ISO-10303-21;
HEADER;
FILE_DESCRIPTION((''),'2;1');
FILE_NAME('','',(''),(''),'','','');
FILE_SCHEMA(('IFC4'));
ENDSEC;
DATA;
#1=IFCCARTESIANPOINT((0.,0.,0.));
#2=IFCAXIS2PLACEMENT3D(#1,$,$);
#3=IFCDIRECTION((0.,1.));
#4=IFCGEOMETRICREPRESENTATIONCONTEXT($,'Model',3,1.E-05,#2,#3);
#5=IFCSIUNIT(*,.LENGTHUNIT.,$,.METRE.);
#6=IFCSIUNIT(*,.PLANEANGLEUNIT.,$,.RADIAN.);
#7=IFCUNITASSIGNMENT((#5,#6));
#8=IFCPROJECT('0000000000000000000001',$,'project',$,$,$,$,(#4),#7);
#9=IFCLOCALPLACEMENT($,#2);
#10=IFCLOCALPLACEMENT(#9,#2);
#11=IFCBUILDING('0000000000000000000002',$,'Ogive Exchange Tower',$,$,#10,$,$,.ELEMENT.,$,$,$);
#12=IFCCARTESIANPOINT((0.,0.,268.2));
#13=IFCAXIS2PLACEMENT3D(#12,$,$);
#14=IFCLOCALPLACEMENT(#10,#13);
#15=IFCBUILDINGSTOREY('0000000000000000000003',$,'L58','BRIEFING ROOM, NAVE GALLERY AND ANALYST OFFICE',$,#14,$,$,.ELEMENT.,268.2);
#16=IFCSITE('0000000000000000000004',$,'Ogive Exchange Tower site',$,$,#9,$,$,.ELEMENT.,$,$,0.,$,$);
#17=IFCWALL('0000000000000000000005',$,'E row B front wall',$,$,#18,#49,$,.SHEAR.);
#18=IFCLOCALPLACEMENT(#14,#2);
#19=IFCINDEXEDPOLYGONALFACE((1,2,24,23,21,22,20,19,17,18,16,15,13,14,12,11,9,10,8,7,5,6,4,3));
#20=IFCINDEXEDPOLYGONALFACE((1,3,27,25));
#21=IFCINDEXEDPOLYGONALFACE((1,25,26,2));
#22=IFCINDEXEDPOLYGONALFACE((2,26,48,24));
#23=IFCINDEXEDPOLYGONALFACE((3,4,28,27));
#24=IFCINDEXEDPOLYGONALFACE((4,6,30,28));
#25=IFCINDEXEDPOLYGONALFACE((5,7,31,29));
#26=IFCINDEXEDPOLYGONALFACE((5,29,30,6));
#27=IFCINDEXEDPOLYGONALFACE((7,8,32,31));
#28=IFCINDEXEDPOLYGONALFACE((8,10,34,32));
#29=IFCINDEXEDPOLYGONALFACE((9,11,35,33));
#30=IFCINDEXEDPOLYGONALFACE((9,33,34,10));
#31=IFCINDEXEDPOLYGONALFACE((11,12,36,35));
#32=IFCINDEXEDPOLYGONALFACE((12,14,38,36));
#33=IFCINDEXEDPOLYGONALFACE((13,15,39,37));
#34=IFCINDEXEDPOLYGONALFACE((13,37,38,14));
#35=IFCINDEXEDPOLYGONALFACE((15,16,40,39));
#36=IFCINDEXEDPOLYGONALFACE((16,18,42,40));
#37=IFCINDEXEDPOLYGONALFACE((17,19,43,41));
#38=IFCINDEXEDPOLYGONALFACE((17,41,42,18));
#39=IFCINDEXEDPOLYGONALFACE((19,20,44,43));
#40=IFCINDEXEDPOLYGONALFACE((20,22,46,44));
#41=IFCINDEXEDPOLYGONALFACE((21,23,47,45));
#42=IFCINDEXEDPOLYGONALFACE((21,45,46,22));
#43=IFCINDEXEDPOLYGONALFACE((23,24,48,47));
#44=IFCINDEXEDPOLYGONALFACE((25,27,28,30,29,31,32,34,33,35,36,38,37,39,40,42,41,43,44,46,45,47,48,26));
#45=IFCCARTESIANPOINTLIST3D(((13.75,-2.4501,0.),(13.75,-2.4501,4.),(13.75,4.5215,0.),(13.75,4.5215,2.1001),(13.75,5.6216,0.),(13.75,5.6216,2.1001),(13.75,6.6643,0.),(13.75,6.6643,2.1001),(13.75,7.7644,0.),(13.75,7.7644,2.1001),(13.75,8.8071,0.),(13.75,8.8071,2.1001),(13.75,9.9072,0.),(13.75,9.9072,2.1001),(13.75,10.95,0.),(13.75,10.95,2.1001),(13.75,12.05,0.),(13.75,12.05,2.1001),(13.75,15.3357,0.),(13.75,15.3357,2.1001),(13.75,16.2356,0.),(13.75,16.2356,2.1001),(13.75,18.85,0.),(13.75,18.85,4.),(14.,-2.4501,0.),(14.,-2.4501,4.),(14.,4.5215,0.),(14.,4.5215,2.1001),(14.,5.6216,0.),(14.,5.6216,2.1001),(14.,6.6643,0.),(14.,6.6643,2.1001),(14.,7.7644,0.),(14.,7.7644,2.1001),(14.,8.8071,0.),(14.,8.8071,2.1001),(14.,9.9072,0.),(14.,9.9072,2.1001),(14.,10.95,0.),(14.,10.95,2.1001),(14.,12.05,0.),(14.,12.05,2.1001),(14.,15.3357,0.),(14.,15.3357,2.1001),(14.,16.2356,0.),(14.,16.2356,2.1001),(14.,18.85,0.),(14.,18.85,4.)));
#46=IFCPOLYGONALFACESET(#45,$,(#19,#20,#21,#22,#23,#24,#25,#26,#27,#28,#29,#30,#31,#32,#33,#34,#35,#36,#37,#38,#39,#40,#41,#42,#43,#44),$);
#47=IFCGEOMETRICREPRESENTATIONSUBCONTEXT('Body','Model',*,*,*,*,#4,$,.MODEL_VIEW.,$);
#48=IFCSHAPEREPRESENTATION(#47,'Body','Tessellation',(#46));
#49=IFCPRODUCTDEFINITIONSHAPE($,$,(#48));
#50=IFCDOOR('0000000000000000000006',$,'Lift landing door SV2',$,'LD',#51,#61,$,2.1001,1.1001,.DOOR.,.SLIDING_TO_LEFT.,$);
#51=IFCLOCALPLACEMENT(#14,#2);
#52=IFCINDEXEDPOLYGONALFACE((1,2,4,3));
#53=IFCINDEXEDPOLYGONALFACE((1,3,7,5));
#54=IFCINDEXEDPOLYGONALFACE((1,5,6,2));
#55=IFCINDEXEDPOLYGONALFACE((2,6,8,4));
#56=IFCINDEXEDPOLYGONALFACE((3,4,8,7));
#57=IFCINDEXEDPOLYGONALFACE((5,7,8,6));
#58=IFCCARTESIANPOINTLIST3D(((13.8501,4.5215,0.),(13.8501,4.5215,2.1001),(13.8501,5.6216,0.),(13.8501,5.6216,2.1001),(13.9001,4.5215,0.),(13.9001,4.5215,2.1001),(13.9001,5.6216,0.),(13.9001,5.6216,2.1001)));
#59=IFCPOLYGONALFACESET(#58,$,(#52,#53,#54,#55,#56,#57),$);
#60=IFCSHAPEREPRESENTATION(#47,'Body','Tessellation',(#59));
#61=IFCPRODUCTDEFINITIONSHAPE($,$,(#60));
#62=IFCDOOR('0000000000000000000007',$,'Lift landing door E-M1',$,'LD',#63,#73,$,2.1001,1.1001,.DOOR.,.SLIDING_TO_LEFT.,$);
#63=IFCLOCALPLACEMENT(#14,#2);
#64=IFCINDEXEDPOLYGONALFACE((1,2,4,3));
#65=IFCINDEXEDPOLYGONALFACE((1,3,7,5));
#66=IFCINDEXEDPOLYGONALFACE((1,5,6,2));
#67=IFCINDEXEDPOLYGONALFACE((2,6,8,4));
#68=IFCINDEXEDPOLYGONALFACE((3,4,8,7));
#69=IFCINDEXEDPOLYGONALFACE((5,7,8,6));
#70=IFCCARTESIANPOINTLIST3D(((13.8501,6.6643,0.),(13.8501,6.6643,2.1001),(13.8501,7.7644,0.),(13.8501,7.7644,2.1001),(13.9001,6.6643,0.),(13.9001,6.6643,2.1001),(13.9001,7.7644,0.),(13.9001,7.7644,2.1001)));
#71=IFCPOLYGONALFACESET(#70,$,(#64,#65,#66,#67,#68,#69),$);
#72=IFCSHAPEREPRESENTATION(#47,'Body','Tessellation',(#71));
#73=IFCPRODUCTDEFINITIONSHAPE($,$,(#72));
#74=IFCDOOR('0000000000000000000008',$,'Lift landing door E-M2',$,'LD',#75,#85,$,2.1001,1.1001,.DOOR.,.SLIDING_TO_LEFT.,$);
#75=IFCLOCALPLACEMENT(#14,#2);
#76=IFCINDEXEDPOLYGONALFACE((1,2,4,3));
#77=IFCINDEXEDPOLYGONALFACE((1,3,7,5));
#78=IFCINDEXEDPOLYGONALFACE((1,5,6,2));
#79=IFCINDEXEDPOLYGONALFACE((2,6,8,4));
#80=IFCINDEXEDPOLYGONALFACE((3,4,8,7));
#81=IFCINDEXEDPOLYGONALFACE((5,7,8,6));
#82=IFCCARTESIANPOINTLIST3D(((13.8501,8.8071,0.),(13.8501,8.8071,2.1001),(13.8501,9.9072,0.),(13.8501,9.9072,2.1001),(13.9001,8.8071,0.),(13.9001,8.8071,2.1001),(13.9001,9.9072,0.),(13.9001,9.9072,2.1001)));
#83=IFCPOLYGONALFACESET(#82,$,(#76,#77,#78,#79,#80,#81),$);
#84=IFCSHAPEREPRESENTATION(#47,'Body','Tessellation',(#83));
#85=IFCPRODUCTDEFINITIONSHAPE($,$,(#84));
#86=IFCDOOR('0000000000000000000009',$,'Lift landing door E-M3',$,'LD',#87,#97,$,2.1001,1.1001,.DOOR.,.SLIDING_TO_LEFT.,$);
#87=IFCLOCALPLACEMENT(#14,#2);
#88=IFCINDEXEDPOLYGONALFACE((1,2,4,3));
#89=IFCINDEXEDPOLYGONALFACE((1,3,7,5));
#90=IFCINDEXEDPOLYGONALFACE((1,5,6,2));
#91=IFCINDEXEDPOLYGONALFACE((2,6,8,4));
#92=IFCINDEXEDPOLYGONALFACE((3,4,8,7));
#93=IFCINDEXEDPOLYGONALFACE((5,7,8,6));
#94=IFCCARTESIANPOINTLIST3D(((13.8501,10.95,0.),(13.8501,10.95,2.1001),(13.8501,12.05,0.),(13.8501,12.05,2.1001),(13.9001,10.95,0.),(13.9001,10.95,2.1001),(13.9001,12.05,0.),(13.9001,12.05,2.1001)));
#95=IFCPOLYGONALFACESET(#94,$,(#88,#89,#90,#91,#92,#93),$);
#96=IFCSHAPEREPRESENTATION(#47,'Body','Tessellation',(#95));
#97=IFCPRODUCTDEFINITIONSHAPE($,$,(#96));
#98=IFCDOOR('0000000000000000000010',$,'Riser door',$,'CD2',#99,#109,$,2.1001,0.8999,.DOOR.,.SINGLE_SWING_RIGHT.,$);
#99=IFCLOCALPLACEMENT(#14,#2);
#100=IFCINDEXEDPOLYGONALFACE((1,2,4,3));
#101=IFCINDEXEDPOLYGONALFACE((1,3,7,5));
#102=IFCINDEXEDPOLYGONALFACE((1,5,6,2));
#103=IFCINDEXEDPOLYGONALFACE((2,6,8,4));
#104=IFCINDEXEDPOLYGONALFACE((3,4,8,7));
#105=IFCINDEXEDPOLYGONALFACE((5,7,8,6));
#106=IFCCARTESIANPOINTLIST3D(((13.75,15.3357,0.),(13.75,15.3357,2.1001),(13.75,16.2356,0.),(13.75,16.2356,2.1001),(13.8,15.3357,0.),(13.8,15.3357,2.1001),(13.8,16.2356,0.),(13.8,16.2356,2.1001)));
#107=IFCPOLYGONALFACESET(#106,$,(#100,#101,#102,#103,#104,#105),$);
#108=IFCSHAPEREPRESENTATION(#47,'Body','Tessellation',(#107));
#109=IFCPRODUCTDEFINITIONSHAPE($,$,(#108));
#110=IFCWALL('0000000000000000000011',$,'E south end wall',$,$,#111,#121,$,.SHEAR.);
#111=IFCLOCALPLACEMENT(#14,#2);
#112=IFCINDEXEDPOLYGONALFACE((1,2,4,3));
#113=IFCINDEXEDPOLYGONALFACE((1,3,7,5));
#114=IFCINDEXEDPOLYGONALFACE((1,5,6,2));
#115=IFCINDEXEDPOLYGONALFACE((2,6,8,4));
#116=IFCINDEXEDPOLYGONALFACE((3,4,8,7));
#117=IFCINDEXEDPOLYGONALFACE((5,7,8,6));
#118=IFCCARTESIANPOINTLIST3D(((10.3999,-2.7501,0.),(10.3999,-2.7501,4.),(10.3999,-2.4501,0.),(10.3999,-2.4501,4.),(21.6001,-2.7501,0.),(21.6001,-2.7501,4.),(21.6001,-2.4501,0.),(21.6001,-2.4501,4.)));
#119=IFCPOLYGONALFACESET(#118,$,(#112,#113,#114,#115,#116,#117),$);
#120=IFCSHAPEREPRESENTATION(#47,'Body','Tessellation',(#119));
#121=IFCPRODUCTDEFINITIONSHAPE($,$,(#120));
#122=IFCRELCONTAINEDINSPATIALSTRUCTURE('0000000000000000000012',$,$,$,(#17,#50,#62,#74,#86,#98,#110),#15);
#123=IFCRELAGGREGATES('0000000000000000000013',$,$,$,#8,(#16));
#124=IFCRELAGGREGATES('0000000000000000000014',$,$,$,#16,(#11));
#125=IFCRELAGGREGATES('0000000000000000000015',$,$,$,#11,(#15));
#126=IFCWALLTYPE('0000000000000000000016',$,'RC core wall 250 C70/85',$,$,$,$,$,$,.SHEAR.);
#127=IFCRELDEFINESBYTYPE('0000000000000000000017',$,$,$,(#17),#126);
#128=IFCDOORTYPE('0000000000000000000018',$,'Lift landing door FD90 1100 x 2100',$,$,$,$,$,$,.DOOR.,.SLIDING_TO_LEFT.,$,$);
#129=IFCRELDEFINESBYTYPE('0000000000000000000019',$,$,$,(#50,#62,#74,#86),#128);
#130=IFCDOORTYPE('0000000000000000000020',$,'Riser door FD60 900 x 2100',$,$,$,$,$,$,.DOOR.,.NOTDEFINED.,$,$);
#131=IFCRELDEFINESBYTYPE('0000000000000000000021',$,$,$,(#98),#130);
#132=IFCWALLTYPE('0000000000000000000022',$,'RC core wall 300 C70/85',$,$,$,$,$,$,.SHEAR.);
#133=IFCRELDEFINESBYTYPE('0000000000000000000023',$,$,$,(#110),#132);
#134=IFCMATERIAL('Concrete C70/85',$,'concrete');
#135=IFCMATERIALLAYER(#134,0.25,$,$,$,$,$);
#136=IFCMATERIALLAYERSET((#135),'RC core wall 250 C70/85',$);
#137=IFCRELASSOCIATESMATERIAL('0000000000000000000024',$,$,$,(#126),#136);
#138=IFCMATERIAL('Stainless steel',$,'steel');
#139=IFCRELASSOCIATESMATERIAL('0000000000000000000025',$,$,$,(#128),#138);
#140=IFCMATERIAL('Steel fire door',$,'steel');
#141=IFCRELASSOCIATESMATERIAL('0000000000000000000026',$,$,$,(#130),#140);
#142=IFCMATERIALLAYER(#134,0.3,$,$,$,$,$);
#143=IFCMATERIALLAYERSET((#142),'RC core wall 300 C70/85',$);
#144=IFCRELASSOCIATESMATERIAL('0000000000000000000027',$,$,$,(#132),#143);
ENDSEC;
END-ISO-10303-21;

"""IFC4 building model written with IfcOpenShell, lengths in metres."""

from ifc_helpers import new_model, si_unit, direction, frame, frame_2d, origin, place, context, subcontext, project, spatial, rectangle, extrude, material, layer, layer_set, type_object, element, fill, save


model = new_model("IFC4")

# Units and contexts
model_context = context("Model", 3, precision=1e-05, world=origin(), true_north=direction((0.0, 1.0)))
body_context = subcontext(model_context, "Body", "Model", "MODEL_VIEW")
ifc_project = project(units=[si_unit("LENGTHUNIT", "METRE"), si_unit("PLANEANGLEUNIT", "RADIAN")], contexts=[model_context])

# Site, building, storey
site_placement = place(None, origin())
site = spatial("IfcSite", under=ifc_project, at=site_placement, Name="Ogive Exchange Tower site", CompositionType="ELEMENT", RefElevation=0.0)
building_placement = place(site_placement, origin())
building = spatial("IfcBuilding", under=site, at=building_placement, Name="Ogive Exchange Tower", CompositionType="ELEMENT")
storey_placement = place(building_placement, frame((0.0, 0.0, 268.2)))
storey = spatial("IfcBuildingStorey", under=building, at=storey_placement, Name="L58", Description="BRIEFING ROOM, NAVE GALLERY AND ANALYST OFFICE", CompositionType="ELEMENT", Elevation=268.2)

# Wall, openings, doors
ifc_material_1 = material(Name="Concrete C70/85", Category="concrete")
ifc_layer_1 = layer(ifc_material_1, 0.25)
ifc_layer_set_1 = layer_set([ifc_layer_1], Name="RC core wall 250 C70/85")
wall_type_1 = type_object("IfcWallType", Name="RC core wall 250 C70/85", PredefinedType="SHEAR", material=ifc_layer_set_1)
wall_1_placement = place(storey_placement, frame((13.875, -2.45, 0.0), z_axis=(0.0, 0.0, 1.0), x_axis=(0.0, 1.0, 0.0)))
wall_1 = element("IfcWall", 1, at=wall_1_placement, inside=storey, type_object=wall_type_1, Name="E row B front wall", PredefinedType="SHEAR", context=body_context, shape_type="SweptSolid", body=[
    extrude(rectangle(XDim=21.3, YDim=0.25, at=frame_2d((10.6499, 0.0))), origin(), (0.0, 0.0, 1.0), 4.0),
])
opening_1_placement = place(wall_1_placement, frame((17.7856, 0.0, 0.0)))
opening_1 = element("IfcOpeningElement", 2, at=opening_1_placement, cuts=wall_1, PredefinedType="OPENING", context=body_context, shape_type="SweptSolid", body=[
    extrude(rectangle(XDim=0.8999, YDim=2.1001, at=frame_2d((0.45, 1.05))), frame((0.0, 0.135, 0.0), z_axis=(0.0, -1.0, 0.0), x_axis=(1.0, 0.0, 0.0)), (0.0, 0.0, 1.0), 0.27),
])
opening_2_placement = place(wall_1_placement, frame((6.9714, 0.0, 0.0)))
opening_2 = element("IfcOpeningElement", 3, at=opening_2_placement, cuts=wall_1, PredefinedType="OPENING", context=body_context, shape_type="SweptSolid", body=[
    extrude(rectangle(XDim=1.1001, YDim=2.1001, at=frame_2d((0.55, 1.05))), frame((0.0, 0.135, 0.0), z_axis=(0.0, -1.0, 0.0), x_axis=(1.0, 0.0, 0.0)), (0.0, 0.0, 1.0), 0.27),
])
opening_3_placement = place(wall_1_placement, frame((9.1143, 0.0, 0.0)))
opening_3 = element("IfcOpeningElement", 4, at=opening_3_placement, cuts=wall_1, PredefinedType="OPENING", context=body_context, shape_type="SweptSolid", body=[
    extrude(rectangle(XDim=1.1001, YDim=2.1001, at=frame_2d((0.55, 1.05))), frame((0.0, 0.135, 0.0), z_axis=(0.0, -1.0, 0.0), x_axis=(1.0, 0.0, 0.0)), (0.0, 0.0, 1.0), 0.27),
])
opening_4_placement = place(wall_1_placement, frame((11.2571, 0.0, 0.0)))
opening_4 = element("IfcOpeningElement", 5, at=opening_4_placement, cuts=wall_1, PredefinedType="OPENING", context=body_context, shape_type="SweptSolid", body=[
    extrude(rectangle(XDim=1.1001, YDim=2.1001, at=frame_2d((0.55, 1.05))), frame((0.0, 0.135, 0.0), z_axis=(0.0, -1.0, 0.0), x_axis=(1.0, 0.0, 0.0)), (0.0, 0.0, 1.0), 0.27),
])
opening_5_placement = place(wall_1_placement, frame((13.3999, 0.0, 0.0)))
opening_5 = element("IfcOpeningElement", 6, at=opening_5_placement, cuts=wall_1, PredefinedType="OPENING", context=body_context, shape_type="SweptSolid", body=[
    extrude(rectangle(XDim=1.1001, YDim=2.1001, at=frame_2d((0.55, 1.05))), frame((0.0, 0.135, 0.0), z_axis=(0.0, -1.0, 0.0), x_axis=(1.0, 0.0, 0.0)), (0.0, 0.0, 1.0), 0.27),
])
ifc_material_2 = material(Name="Stainless steel", Category="steel")
door_type_1 = type_object("IfcDoorType", Name="Lift landing door FD90 1100 x 2100", OperationType="SLIDING_TO_LEFT", PredefinedType="DOOR", material=ifc_material_2)
door_1_placement = place(opening_2_placement, origin())
door_1 = element("IfcDoor", 7, at=door_1_placement, inside=storey, type_object=door_type_1, Name="Lift landing door SV2", ObjectType="LD", OperationType="SLIDING_TO_LEFT", OverallHeight=2.1001, OverallWidth=1.1001, PredefinedType="DOOR", context=body_context, shape_type="SweptSolid", body=[
    extrude(rectangle(XDim=1.1001, YDim=2.1001, at=frame_2d((0.55, 1.05))), frame((0.0, 0.0249, 0.0), z_axis=(0.0, -1.0, 0.0), x_axis=(1.0, 0.0, 0.0)), (0.0, 0.0, 1.0), 0.05),
])
fill(opening_2, door_1)
door_2_placement = place(opening_3_placement, origin())
door_2 = element("IfcDoor", 8, at=door_2_placement, inside=storey, type_object=door_type_1, Name="Lift landing door E-M1", ObjectType="LD", OperationType="SLIDING_TO_LEFT", OverallHeight=2.1001, OverallWidth=1.1001, PredefinedType="DOOR", context=body_context, shape_type="SweptSolid", body=[
    extrude(rectangle(XDim=1.1001, YDim=2.1001, at=frame_2d((0.55, 1.05))), frame((0.0, 0.0249, 0.0), z_axis=(0.0, -1.0, 0.0), x_axis=(1.0, 0.0, 0.0)), (0.0, 0.0, 1.0), 0.05),
])
fill(opening_3, door_2)
door_3_placement = place(opening_4_placement, origin())
door_3 = element("IfcDoor", 9, at=door_3_placement, inside=storey, type_object=door_type_1, Name="Lift landing door E-M2", ObjectType="LD", OperationType="SLIDING_TO_LEFT", OverallHeight=2.1001, OverallWidth=1.1001, PredefinedType="DOOR", context=body_context, shape_type="SweptSolid", body=[
    extrude(rectangle(XDim=1.1001, YDim=2.1001, at=frame_2d((0.55, 1.05))), frame((0.0, 0.0249, 0.0), z_axis=(0.0, -1.0, 0.0), x_axis=(1.0, 0.0, 0.0)), (0.0, 0.0, 1.0), 0.05),
])
fill(opening_4, door_3)
door_4_placement = place(opening_5_placement, origin())
door_4 = element("IfcDoor", 10, at=door_4_placement, inside=storey, type_object=door_type_1, Name="Lift landing door E-M3", ObjectType="LD", OperationType="SLIDING_TO_LEFT", OverallHeight=2.1001, OverallWidth=1.1001, PredefinedType="DOOR", context=body_context, shape_type="SweptSolid", body=[
    extrude(rectangle(XDim=1.1001, YDim=2.1001, at=frame_2d((0.55, 1.05))), frame((0.0, 0.0249, 0.0), z_axis=(0.0, -1.0, 0.0), x_axis=(1.0, 0.0, 0.0)), (0.0, 0.0, 1.0), 0.05),
])
fill(opening_5, door_4)
ifc_material_3 = material(Name="Steel fire door", Category="steel")
door_type_2 = type_object("IfcDoorType", Name="Riser door FD60 900 x 2100", OperationType="NOTDEFINED", PredefinedType="DOOR", material=ifc_material_3)
door_5_placement = place(opening_1_placement, origin())
door_5 = element("IfcDoor", 11, at=door_5_placement, inside=storey, type_object=door_type_2, Name="Riser door", ObjectType="CD2", OperationType="SINGLE_SWING_RIGHT", OverallHeight=2.1001, OverallWidth=0.8999, PredefinedType="DOOR", context=body_context, shape_type="SweptSolid", body=[
    extrude(rectangle(XDim=0.8999, YDim=2.1001, at=frame_2d((0.45, 1.05))), frame((0.0, 0.125, 0.0), z_axis=(0.0, -1.0, 0.0), x_axis=(1.0, 0.0, 0.0)), (0.0, 0.0, 1.0), 0.05),
])
fill(opening_1, door_5)

# Wall
ifc_layer_2 = layer(ifc_material_1, 0.3)
ifc_layer_set_2 = layer_set([ifc_layer_2], Name="RC core wall 300 C70/85")
wall_type_2 = type_object("IfcWallType", Name="RC core wall 300 C70/85", PredefinedType="SHEAR", material=ifc_layer_set_2)
wall_2_placement = place(storey_placement, frame((10.3999, -2.6001, 0.0), z_axis=(0.0, 0.0, 1.0), x_axis=(1.0, 0.0, 0.0)))
element("IfcWall", 12, at=wall_2_placement, inside=storey, type_object=wall_type_2, Name="E south end wall", PredefinedType="SHEAR", context=body_context, shape_type="SweptSolid", body=[
    extrude(rectangle(XDim=11.2002, YDim=0.3, at=frame_2d((5.6001, 0.0))), origin(), (0.0, 0.0, 1.0), 4.0),
])

save(model, "model.ifc")
